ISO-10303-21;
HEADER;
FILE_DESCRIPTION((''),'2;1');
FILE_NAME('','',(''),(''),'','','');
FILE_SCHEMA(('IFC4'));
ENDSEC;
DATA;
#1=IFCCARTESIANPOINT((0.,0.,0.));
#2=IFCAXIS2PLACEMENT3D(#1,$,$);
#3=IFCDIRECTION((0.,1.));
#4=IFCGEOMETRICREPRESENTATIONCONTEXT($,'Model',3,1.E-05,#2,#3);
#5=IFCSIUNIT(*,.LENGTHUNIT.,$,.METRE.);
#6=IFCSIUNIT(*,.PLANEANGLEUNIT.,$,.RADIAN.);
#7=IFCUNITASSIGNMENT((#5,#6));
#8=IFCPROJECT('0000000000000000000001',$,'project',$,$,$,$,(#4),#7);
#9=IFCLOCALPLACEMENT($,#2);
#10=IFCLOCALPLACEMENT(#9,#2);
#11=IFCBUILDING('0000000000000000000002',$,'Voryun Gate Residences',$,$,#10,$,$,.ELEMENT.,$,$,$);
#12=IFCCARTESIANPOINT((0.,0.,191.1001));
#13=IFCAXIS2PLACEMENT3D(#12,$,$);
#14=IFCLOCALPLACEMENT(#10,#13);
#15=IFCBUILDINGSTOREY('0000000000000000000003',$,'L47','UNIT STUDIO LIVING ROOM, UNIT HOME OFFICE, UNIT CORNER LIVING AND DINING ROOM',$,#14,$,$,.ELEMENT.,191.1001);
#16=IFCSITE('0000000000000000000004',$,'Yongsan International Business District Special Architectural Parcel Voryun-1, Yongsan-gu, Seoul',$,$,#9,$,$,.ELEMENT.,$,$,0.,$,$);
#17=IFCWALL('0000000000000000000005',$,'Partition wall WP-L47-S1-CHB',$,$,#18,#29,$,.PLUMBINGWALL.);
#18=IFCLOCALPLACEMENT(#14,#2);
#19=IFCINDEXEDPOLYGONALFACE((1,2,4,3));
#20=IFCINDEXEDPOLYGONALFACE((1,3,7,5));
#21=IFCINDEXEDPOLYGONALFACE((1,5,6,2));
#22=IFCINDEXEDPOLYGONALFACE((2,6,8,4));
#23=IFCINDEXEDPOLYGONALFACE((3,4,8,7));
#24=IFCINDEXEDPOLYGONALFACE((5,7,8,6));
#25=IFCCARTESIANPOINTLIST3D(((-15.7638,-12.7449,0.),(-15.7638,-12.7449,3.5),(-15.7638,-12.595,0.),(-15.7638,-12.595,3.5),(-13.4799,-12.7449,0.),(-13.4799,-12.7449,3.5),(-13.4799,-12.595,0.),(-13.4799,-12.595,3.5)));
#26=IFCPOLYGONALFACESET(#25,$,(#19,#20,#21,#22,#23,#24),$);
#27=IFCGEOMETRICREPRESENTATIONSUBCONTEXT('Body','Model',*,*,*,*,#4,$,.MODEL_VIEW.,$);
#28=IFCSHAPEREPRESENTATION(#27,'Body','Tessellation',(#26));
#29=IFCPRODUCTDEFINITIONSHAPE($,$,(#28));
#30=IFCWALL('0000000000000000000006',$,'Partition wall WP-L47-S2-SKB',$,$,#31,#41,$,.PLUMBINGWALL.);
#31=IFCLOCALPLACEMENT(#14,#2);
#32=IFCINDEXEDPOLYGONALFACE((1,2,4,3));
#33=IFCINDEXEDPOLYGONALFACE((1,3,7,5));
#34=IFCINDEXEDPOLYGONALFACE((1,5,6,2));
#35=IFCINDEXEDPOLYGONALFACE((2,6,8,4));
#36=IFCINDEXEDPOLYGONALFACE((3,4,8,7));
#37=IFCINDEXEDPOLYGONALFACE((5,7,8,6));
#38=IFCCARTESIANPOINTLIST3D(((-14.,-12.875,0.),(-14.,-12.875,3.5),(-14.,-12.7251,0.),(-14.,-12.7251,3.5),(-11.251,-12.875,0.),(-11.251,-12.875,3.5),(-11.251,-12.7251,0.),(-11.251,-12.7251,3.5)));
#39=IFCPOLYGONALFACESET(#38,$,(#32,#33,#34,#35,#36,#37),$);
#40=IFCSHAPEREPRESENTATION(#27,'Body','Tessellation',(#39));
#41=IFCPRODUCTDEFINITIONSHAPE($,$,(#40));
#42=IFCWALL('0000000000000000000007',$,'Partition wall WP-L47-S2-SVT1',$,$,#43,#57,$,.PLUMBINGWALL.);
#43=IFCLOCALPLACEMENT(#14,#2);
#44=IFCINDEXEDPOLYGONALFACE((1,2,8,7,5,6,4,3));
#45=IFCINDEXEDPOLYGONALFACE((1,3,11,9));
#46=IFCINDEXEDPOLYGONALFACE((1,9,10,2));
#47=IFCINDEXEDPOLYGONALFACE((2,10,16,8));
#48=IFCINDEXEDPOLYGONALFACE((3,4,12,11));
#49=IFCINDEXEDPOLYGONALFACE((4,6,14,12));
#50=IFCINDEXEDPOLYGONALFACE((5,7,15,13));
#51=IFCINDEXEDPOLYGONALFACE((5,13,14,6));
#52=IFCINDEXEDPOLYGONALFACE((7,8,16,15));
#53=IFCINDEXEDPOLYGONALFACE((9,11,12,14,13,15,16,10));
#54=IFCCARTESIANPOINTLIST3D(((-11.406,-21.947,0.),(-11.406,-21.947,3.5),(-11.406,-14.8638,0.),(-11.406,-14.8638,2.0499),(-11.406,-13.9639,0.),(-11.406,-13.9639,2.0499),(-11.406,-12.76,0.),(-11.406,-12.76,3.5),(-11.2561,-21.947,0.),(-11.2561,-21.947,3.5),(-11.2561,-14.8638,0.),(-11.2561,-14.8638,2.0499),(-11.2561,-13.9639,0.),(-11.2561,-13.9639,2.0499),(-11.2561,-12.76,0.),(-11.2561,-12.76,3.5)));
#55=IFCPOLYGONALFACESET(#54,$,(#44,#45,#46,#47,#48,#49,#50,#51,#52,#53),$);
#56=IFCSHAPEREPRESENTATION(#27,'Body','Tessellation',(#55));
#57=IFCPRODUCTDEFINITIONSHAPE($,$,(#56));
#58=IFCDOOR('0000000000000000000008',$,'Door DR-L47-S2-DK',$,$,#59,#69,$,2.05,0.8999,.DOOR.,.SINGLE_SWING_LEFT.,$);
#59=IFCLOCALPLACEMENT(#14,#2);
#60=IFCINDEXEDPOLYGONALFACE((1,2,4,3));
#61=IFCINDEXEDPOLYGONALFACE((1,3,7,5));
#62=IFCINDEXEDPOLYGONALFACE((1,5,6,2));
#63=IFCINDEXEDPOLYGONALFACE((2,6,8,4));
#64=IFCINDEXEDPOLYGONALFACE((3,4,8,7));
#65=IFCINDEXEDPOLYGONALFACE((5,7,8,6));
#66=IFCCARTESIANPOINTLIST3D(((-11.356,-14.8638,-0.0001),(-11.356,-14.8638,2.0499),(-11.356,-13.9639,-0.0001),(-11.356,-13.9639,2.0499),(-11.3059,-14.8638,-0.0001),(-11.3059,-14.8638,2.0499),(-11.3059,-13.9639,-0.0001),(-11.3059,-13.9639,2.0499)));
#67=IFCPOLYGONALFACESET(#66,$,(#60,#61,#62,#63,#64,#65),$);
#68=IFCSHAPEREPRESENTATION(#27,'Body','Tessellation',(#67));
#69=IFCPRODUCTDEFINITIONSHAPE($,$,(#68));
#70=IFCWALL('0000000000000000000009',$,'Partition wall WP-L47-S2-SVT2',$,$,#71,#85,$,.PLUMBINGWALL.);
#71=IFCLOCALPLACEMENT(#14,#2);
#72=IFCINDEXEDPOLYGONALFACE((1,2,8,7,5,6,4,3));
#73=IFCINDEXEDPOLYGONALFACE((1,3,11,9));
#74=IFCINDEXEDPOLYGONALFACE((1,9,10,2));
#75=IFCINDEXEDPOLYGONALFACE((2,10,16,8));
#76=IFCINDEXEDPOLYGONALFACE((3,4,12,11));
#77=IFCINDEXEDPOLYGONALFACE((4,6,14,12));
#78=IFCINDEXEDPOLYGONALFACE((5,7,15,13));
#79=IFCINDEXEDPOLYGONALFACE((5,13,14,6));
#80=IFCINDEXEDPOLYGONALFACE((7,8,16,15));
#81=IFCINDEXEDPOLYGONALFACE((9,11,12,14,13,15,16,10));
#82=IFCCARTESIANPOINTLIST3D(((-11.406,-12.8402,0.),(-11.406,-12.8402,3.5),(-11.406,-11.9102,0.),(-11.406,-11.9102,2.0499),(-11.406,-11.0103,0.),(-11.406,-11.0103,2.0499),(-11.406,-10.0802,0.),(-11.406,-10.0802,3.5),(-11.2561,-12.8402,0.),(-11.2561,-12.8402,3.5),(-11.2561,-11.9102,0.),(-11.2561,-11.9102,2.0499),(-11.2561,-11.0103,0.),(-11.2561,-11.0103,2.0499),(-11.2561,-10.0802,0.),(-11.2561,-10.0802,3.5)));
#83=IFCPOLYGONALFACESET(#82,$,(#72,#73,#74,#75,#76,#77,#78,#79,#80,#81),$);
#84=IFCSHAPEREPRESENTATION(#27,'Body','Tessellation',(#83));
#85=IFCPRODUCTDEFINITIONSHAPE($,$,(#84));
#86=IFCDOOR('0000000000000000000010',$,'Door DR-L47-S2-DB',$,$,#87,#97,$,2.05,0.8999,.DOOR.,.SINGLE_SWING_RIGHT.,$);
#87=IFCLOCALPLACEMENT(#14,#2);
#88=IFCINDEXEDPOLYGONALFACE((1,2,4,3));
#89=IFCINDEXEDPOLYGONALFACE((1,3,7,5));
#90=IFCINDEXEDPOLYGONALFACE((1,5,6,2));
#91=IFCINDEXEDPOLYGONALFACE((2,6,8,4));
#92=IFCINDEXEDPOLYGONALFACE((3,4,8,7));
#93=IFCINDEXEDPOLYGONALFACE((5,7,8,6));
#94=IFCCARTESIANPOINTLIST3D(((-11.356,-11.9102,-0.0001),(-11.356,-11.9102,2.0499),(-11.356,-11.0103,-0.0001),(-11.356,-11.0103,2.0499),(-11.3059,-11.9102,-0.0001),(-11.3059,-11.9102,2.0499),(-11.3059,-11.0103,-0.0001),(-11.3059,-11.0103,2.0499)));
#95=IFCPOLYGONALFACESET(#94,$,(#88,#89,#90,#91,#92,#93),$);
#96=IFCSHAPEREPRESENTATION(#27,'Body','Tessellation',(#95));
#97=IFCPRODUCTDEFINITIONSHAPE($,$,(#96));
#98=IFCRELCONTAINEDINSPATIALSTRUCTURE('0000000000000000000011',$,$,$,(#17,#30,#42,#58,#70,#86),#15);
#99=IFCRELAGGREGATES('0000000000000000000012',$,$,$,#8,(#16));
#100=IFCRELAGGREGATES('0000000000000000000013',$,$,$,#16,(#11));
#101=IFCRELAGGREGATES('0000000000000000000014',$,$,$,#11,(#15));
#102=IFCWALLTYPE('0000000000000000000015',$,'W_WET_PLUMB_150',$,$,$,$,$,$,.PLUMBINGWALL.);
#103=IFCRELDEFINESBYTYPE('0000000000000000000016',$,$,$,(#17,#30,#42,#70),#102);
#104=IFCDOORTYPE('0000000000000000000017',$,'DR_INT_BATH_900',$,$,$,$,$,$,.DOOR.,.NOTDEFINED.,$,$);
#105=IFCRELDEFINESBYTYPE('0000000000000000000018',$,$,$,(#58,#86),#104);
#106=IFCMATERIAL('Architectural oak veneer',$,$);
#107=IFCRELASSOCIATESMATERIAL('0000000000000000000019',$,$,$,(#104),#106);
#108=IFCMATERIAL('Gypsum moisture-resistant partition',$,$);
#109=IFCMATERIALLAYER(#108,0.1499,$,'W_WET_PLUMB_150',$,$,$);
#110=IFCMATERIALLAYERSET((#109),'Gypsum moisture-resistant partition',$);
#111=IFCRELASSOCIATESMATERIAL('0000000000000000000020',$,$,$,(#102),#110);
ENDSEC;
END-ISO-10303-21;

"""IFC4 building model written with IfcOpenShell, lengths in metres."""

from ifc_helpers import new_model, si_unit, direction, frame, frame_2d, origin, place, context, subcontext, project, spatial, rectangle, extrude, material, layer, layer_set, type_object, element, fill, save


model = new_model("IFC4")

# Units and contexts
model_context = context("Model", 3, precision=1e-05, world=origin(), true_north=direction((0.0, 1.0)))
body_context = subcontext(model_context, "Body", "Model", "MODEL_VIEW")
ifc_project = project(units=[si_unit("LENGTHUNIT", "METRE"), si_unit("PLANEANGLEUNIT", "RADIAN")], contexts=[model_context])

# Site, building, storey
site_placement = place(None, origin())
site = spatial("IfcSite", under=ifc_project, at=site_placement, Name="Yongsan International Business District Special Architectural Parcel Voryun-1, Yongsan-gu, Seoul", CompositionType="ELEMENT", RefElevation=0.0)
building_placement = place(site_placement, origin())
building = spatial("IfcBuilding", under=site, at=building_placement, Name="Voryun Gate Residences", CompositionType="ELEMENT")
storey_placement = place(building_placement, frame((0.0, 0.0, 191.1001)))
storey = spatial("IfcBuildingStorey", under=building, at=storey_placement, Name="L47", Description="UNIT STUDIO LIVING ROOM, UNIT HOME OFFICE, UNIT CORNER LIVING AND DINING ROOM", CompositionType="ELEMENT", Elevation=191.1001)

# Shared definitions
ifc_material_1 = material(Name="Architectural oak veneer")
door_type = type_object("IfcDoorType", Name="DR_INT_BATH_900", OperationType="NOTDEFINED", PredefinedType="DOOR", material=ifc_material_1)
ifc_material_2 = material(Name="Gypsum moisture-resistant partition")
ifc_layer_1 = layer(ifc_material_2, 0.1499, Name="W_WET_PLUMB_150")
ifc_layer_set_1 = layer_set([ifc_layer_1], Name="Gypsum moisture-resistant partition")
wall_type_1 = type_object("IfcWallType", Name="W_WET_PLUMB_150", PredefinedType="PLUMBINGWALL", material=ifc_layer_set_1)

# Walls
wall_1_placement = place(storey_placement, frame((-15.7639, -12.6699, 0.0), z_axis=(0.0, 0.0, 1.0), x_axis=(1.0, 0.0, 0.0)))
element("IfcWall", 1, at=wall_1_placement, inside=storey, type_object=wall_type_1, Name="Partition wall WP-L47-S1-CHB", PredefinedType="PLUMBINGWALL", context=body_context, shape_type="SweptSolid", body=[
    extrude(rectangle(XDim=2.2839, YDim=0.1499, at=frame_2d((1.1421, 0.0))), origin(), (0.0, 0.0, 1.0), 3.5),
])
wall_2_placement = place(storey_placement, frame((-14.0, -12.8, 0.0), z_axis=(0.0, 0.0, 1.0), x_axis=(1.0, 0.0, 0.0)))
element("IfcWall", 2, at=wall_2_placement, inside=storey, type_object=wall_type_1, Name="Partition wall WP-L47-S2-SKB", PredefinedType="PLUMBINGWALL", context=body_context, shape_type="SweptSolid", body=[
    extrude(rectangle(XDim=2.749, YDim=0.1499, at=frame_2d((1.3745, 0.0))), origin(), (0.0, 0.0, 1.0), 3.5),
])

# Walls, openings, doors
wall_3_placement = place(storey_placement, frame((-11.3311, -21.947, 0.0), z_axis=(0.0, 0.0, 1.0), x_axis=(0.0, 1.0, 0.0)))
wall_3 = element("IfcWall", 3, at=wall_3_placement, inside=storey, type_object=wall_type_1, Name="Partition wall WP-L47-S2-SVT1", PredefinedType="PLUMBINGWALL", context=body_context, shape_type="SweptSolid", body=[
    extrude(rectangle(XDim=9.187, YDim=0.1499, at=frame_2d((4.5935, 0.0))), origin(), (0.0, 0.0, 1.0), 3.5),
])
opening_1_placement = place(wall_3_placement, frame((7.0833, 0.0, 0.0)))
opening_1 = element("IfcOpeningElement", 4, at=opening_1_placement, cuts=wall_3, PredefinedType="OPENING", context=body_context, shape_type="SweptSolid", body=[
    extrude(rectangle(XDim=0.8999, YDim=2.05, at=frame_2d((0.45, 1.0249))), frame((0.0, 0.085, 0.0), z_axis=(0.0, -1.0, 0.0), x_axis=(1.0, 0.0, 0.0)), (0.0, 0.0, 1.0), 0.1699),
])
door_1_placement = place(opening_1_placement, origin())
door_1 = element("IfcDoor", 5, at=door_1_placement, inside=storey, type_object=door_type, Name="Door DR-L47-S2-DK", OperationType="SINGLE_SWING_LEFT", OverallHeight=2.05, OverallWidth=0.8999, PredefinedType="DOOR", context=body_context, shape_type="SweptSolid", body=[
    extrude(rectangle(XDim=0.8999, YDim=2.05, at=frame_2d((0.45, 1.0249))), frame((0.0, 0.0249, 0.0), z_axis=(0.0, -1.0, 0.0), x_axis=(1.0, 0.0, 0.0)), (0.0, 0.0, 1.0), 0.05),
])
fill(opening_1, door_1)
wall_4_placement = place(storey_placement, frame((-11.3311, -12.8401, 0.0), z_axis=(0.0, 0.0, 1.0), x_axis=(0.0, 1.0, 0.0)))
wall_4 = element("IfcWall", 6, at=wall_4_placement, inside=storey, type_object=wall_type_1, Name="Partition wall WP-L47-S2-SVT2", PredefinedType="PLUMBINGWALL", context=body_context, shape_type="SweptSolid", body=[
    extrude(rectangle(XDim=2.76, YDim=0.1499, at=frame_2d((1.3799, 0.0))), origin(), (0.0, 0.0, 1.0), 3.5),
])
opening_2_placement = place(wall_4_placement, frame((0.9299, 0.0, 0.0)))
opening_2 = element("IfcOpeningElement", 7, at=opening_2_placement, cuts=wall_4, PredefinedType="OPENING", context=body_context, shape_type="SweptSolid", body=[
    extrude(rectangle(XDim=0.8999, YDim=2.05, at=frame_2d((0.45, 1.0249))), frame((0.0, 0.085, 0.0), z_axis=(0.0, -1.0, 0.0), x_axis=(1.0, 0.0, 0.0)), (0.0, 0.0, 1.0), 0.1699),
])
door_2_placement = place(opening_2_placement, origin())
door_2 = element("IfcDoor", 8, at=door_2_placement, inside=storey, type_object=door_type, Name="Door DR-L47-S2-DB", OperationType="SINGLE_SWING_RIGHT", OverallHeight=2.05, OverallWidth=0.8999, PredefinedType="DOOR", context=body_context, shape_type="SweptSolid", body=[
    extrude(rectangle(XDim=0.8999, YDim=2.05, at=frame_2d((0.45, 1.0249))), frame((0.0, 0.0249, 0.0), z_axis=(0.0, -1.0, 0.0), x_axis=(1.0, 0.0, 0.0)), (0.0, 0.0, 1.0), 0.05),
])
fill(opening_2, door_2)

save(model, "model.ifc")
